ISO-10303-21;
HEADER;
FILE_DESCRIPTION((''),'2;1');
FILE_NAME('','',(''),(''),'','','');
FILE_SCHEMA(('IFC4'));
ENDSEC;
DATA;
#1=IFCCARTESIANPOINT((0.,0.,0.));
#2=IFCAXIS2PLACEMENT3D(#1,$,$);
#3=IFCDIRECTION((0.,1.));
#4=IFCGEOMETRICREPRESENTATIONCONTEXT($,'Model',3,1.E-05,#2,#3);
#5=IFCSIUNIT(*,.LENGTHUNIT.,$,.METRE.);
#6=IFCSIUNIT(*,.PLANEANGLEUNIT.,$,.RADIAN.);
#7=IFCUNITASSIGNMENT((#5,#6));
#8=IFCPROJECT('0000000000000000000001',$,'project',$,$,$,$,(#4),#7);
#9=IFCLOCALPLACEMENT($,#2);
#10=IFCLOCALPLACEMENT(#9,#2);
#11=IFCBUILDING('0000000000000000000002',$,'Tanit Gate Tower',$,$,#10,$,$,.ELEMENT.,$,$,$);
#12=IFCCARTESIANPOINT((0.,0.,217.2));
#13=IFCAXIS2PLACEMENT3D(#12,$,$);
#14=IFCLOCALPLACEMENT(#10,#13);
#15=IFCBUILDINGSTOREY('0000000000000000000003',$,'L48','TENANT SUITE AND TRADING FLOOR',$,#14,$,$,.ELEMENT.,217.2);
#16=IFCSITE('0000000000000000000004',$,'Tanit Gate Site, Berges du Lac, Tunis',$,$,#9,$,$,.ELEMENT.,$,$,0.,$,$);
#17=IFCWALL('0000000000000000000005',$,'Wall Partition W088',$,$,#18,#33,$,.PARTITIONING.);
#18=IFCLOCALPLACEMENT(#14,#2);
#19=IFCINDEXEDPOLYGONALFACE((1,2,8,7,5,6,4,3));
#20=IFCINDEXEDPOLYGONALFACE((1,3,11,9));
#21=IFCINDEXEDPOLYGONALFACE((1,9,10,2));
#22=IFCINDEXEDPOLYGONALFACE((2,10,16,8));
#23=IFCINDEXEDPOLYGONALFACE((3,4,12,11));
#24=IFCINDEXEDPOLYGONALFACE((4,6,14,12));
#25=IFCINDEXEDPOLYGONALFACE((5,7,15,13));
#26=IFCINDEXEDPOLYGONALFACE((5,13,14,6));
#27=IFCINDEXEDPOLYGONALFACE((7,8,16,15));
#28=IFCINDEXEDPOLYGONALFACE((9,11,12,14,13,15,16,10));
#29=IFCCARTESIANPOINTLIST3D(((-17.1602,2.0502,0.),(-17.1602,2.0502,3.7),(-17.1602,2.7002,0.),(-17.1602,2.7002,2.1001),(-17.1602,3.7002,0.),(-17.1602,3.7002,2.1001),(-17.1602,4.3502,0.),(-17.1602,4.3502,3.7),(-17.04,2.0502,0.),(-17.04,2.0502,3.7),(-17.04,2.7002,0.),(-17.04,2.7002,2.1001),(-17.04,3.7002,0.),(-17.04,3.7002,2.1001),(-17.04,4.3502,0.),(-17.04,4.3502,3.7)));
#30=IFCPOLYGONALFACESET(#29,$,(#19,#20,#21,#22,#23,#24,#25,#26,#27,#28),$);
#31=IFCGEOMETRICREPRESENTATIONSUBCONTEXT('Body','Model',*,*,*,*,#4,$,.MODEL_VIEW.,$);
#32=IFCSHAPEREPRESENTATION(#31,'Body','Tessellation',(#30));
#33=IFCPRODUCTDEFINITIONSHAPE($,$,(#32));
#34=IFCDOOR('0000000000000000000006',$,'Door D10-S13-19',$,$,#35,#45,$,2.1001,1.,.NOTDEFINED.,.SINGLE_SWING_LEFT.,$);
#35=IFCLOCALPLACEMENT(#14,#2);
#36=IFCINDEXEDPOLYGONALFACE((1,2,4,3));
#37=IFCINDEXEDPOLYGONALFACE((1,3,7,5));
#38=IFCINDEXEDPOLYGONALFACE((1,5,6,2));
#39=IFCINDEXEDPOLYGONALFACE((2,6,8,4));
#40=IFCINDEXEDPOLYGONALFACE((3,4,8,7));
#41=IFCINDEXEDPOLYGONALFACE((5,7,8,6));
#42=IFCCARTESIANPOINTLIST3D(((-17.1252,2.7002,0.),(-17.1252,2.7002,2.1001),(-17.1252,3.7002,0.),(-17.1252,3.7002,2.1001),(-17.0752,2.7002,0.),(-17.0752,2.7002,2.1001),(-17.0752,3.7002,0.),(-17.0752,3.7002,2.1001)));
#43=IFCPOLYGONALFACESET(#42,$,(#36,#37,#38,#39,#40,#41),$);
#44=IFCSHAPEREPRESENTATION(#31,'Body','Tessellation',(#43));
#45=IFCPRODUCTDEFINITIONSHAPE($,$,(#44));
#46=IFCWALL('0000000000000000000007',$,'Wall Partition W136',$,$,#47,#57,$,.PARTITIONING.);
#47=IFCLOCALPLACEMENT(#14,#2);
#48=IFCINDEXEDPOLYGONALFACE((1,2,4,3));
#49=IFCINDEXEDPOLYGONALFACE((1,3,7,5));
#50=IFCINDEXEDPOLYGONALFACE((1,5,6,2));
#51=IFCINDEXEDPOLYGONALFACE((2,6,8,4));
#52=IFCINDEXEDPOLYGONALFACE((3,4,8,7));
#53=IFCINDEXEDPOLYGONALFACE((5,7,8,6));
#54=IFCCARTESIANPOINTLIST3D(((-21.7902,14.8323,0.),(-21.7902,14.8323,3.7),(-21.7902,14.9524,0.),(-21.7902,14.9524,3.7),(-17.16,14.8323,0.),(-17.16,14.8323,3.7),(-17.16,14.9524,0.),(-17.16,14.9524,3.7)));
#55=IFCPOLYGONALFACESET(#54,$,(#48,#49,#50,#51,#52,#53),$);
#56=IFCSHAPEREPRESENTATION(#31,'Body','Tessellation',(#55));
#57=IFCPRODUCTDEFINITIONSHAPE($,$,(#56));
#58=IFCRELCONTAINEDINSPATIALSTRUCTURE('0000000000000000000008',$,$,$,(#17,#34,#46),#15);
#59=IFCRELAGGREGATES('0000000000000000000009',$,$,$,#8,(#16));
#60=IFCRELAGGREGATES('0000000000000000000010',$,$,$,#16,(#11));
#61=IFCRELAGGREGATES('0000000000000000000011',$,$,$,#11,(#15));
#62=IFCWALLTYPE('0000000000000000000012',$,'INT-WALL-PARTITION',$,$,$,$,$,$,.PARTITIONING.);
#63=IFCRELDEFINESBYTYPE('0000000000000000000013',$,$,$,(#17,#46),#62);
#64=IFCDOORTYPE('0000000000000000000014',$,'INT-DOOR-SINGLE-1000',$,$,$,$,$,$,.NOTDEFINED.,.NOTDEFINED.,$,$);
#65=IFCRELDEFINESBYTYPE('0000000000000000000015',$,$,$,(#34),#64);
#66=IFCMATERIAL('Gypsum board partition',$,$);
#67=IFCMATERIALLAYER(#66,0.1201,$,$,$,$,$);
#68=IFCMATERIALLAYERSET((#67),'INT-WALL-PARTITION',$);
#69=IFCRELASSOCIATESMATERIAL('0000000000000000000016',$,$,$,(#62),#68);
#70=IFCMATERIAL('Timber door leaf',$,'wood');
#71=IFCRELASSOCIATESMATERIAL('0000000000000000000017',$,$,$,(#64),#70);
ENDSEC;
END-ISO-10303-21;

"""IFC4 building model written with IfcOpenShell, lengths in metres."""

from ifc_helpers import new_model, si_unit, direction, frame, frame_2d, origin, place, context, subcontext, project, spatial, rectangle, extrude, material, layer, layer_set, type_object, element, fill, save


model = new_model("IFC4")

# Units and contexts
model_context = context("Model", 3, precision=1e-05, world=origin(), true_north=direction((0.0, 1.0)))
body_context = subcontext(model_context, "Body", "Model", "MODEL_VIEW")
ifc_project = project(units=[si_unit("LENGTHUNIT", "METRE"), si_unit("PLANEANGLEUNIT", "RADIAN")], contexts=[model_context])

# Site, building, storey
site_placement = place(None, origin())
site = spatial("IfcSite", under=ifc_project, at=site_placement, Name="Tanit Gate Site, Berges du Lac, Tunis", CompositionType="ELEMENT", RefElevation=0.0)
building_placement = place(site_placement, origin())
building = spatial("IfcBuilding", under=site, at=building_placement, Name="Tanit Gate Tower", CompositionType="ELEMENT")
storey_placement = place(building_placement, frame((0.0, 0.0, 217.2)))
storey = spatial("IfcBuildingStorey", under=building, at=storey_placement, Name="L48", Description="TENANT SUITE AND TRADING FLOOR", CompositionType="ELEMENT", Elevation=217.2)

# Wall, opening, door
ifc_material_1 = material(Name="Gypsum board partition")
ifc_layer_1 = layer(ifc_material_1, 0.1201)
ifc_layer_set_1 = layer_set([ifc_layer_1], Name="INT-WALL-PARTITION")
wall_type_1 = type_object("IfcWallType", Name="INT-WALL-PARTITION", PredefinedType="PARTITIONING", material=ifc_layer_set_1)
wall_1_placement = place(storey_placement, frame((-17.1001, 4.3501, 0.0), z_axis=(0.0, 0.0, 1.0), x_axis=(0.0, -1.0, 0.0)))
wall_1 = element("IfcWall", 1, at=wall_1_placement, inside=storey, type_object=wall_type_1, Name="Wall Partition W088", PredefinedType="PARTITIONING", context=body_context, shape_type="SweptSolid", body=[
    extrude(rectangle(XDim=2.3, YDim=0.1201, at=frame_2d((1.1499, 0.0))), origin(), (0.0, 0.0, 1.0), 3.7),
])
opening_1_placement = place(wall_1_placement, frame((0.6499, 0.0, 0.0)))
opening_1 = element("IfcOpeningElement", 2, at=opening_1_placement, cuts=wall_1, PredefinedType="OPENING", context=body_context, shape_type="SweptSolid", body=[
    extrude(rectangle(XDim=1.0, YDim=2.1001, at=frame_2d((0.5, 1.05))), frame((0.0, 0.0701, 0.0), z_axis=(0.0, -1.0, 0.0), x_axis=(1.0, 0.0, 0.0)), (0.0, 0.0, 1.0), 0.1401),
])
ifc_material_2 = material(Name="Timber door leaf", Category="wood")
door_type_1 = type_object("IfcDoorType", Name="INT-DOOR-SINGLE-1000", OperationType="NOTDEFINED", PredefinedType="NOTDEFINED", material=ifc_material_2)
door_1_placement = place(opening_1_placement, origin())
door_1 = element("IfcDoor", 3, at=door_1_placement, inside=storey, type_object=door_type_1, Name="Door D10-S13-19", OperationType="SINGLE_SWING_LEFT", OverallHeight=2.1001, OverallWidth=1.0, PredefinedType="NOTDEFINED", context=body_context, shape_type="SweptSolid", body=[
    extrude(rectangle(XDim=1.0, YDim=2.1001, at=frame_2d((0.5, 1.05))), frame((0.0, 0.0249, 0.0), z_axis=(0.0, -1.0, 0.0), x_axis=(1.0, 0.0, 0.0)), (0.0, 0.0, 1.0), 0.05),
])
fill(opening_1, door_1)

# Wall
wall_2_placement = place(storey_placement, frame((-21.79, 14.8923, 0.0), z_axis=(0.0, 0.0, 1.0), x_axis=(1.0, 0.0, 0.0)))
element("IfcWall", 4, at=wall_2_placement, inside=storey, type_object=wall_type_1, Name="Wall Partition W136", PredefinedType="PARTITIONING", context=body_context, shape_type="SweptSolid", body=[
    extrude(rectangle(XDim=4.6301, YDim=0.1201, at=frame_2d((2.3149, 0.0))), origin(), (0.0, 0.0, 1.0), 3.7),
])

save(model, "model.ifc")
